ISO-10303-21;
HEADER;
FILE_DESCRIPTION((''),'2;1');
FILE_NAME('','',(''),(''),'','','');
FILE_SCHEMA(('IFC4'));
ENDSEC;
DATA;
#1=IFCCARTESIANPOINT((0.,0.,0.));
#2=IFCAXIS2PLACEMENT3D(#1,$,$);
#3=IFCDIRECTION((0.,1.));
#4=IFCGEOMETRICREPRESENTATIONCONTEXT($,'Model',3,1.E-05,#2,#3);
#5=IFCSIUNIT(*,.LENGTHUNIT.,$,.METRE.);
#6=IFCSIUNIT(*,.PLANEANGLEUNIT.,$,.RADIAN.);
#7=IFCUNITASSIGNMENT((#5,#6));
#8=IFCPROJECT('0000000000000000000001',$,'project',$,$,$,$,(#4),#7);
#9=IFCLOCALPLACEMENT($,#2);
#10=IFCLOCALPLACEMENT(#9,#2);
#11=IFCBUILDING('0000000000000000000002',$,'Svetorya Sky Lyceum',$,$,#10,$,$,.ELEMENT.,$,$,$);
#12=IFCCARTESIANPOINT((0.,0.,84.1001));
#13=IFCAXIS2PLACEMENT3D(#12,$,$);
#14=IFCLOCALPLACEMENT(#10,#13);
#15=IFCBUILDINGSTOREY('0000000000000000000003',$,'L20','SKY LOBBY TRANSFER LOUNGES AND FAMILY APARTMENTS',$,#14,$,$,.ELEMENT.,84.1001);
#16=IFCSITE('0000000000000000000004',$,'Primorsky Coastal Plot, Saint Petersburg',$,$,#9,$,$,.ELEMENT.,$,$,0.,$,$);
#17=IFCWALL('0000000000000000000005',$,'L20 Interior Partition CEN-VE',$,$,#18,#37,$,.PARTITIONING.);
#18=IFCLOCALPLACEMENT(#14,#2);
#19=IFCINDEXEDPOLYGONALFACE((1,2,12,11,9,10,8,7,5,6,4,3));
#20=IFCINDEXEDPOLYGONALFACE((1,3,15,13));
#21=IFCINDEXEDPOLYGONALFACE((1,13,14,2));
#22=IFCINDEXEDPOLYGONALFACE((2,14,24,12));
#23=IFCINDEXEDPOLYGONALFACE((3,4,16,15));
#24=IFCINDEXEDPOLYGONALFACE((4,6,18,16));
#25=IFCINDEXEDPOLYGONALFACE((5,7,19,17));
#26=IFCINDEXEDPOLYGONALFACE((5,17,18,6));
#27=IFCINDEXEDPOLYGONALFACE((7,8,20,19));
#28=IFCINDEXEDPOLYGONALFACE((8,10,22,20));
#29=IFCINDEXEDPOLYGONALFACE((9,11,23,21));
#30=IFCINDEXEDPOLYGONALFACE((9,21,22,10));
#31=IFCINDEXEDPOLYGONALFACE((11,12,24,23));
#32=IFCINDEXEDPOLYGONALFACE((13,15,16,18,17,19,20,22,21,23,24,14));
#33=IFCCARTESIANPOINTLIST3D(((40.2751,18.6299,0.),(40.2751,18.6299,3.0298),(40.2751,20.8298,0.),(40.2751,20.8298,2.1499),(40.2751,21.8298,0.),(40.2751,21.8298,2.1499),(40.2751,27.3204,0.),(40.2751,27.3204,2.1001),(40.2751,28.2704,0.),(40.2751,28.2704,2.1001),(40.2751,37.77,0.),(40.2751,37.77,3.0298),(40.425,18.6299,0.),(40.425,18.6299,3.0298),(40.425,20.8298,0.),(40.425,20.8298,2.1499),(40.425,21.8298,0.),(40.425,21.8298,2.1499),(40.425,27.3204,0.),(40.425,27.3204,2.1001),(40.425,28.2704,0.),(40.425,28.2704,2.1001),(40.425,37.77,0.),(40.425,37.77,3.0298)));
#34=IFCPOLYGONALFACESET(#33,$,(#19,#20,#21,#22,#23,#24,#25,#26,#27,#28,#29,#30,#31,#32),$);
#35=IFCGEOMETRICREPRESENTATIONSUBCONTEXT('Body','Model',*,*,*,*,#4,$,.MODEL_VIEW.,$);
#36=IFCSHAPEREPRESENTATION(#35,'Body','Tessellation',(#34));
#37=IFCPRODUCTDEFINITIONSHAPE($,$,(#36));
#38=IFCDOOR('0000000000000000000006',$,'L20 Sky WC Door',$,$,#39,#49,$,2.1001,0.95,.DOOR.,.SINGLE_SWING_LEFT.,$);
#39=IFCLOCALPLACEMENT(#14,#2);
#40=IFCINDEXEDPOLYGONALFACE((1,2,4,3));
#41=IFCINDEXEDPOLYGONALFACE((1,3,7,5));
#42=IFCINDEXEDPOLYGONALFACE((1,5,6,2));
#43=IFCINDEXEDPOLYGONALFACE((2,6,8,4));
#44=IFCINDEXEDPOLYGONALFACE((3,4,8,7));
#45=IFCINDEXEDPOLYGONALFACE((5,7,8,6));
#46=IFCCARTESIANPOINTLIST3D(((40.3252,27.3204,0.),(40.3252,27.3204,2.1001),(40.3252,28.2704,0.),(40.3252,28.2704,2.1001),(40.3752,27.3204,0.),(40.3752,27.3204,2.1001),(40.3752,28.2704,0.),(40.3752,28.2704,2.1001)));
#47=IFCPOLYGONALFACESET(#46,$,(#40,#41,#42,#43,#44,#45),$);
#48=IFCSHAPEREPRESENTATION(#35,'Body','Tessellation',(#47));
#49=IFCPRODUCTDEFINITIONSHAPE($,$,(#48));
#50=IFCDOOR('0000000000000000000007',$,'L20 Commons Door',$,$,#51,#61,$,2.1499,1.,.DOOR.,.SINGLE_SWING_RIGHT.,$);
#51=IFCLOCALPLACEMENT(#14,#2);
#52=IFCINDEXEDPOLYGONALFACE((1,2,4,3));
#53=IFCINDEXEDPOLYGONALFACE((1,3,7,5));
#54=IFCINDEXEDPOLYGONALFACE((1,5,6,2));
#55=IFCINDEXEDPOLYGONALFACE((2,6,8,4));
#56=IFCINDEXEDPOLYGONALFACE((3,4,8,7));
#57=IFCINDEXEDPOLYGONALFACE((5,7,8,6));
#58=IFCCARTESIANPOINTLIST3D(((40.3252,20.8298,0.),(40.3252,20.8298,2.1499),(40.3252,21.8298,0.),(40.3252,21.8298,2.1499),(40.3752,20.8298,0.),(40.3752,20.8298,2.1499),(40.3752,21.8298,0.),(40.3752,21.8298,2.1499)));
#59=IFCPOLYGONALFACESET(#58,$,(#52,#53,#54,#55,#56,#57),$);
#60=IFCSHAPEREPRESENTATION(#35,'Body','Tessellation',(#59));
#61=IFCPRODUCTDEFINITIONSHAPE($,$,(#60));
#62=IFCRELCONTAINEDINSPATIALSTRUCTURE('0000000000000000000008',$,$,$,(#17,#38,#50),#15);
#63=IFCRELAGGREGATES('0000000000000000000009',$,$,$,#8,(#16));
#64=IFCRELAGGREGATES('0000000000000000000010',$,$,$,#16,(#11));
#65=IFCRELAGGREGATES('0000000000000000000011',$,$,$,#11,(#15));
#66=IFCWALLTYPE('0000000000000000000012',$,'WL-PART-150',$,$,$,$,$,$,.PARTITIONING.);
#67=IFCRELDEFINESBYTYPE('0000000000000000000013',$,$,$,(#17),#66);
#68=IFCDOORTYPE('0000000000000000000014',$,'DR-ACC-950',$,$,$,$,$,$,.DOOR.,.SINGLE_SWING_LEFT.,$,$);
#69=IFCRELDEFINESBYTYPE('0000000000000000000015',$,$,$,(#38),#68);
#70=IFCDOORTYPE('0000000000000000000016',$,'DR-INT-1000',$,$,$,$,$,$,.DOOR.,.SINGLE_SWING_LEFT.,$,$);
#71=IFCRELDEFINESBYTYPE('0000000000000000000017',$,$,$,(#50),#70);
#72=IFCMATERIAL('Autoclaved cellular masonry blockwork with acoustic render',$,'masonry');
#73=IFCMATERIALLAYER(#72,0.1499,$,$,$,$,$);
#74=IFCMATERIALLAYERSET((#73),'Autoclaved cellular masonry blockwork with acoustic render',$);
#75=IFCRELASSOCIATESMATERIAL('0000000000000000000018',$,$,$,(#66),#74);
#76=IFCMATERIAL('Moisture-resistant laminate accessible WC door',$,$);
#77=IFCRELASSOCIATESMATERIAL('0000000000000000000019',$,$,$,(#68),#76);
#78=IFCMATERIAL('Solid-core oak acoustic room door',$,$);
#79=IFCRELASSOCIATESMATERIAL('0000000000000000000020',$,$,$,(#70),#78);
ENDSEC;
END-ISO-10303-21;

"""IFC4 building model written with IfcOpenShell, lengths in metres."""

from ifc_helpers import new_model, si_unit, direction, frame, frame_2d, origin, place, context, subcontext, project, spatial, rectangle, extrude, material, layer, layer_set, type_object, element, fill, save


model = new_model("IFC4")

# Units and contexts
model_context = context("Model", 3, precision=1e-05, world=origin(), true_north=direction((0.0, 1.0)))
body_context = subcontext(model_context, "Body", "Model", "MODEL_VIEW")
ifc_project = project(units=[si_unit("LENGTHUNIT", "METRE"), si_unit("PLANEANGLEUNIT", "RADIAN")], contexts=[model_context])

# Site, building, storey
site_placement = place(None, origin())
site = spatial("IfcSite", under=ifc_project, at=site_placement, Name="Primorsky Coastal Plot, Saint Petersburg", CompositionType="ELEMENT", RefElevation=0.0)
building_placement = place(site_placement, origin())
building = spatial("IfcBuilding", under=site, at=building_placement, Name="Svetorya Sky Lyceum", CompositionType="ELEMENT")
storey_placement = place(building_placement, frame((0.0, 0.0, 84.1001)))
storey = spatial("IfcBuildingStorey", under=building, at=storey_placement, Name="L20", Description="SKY LOBBY TRANSFER LOUNGES AND FAMILY APARTMENTS", CompositionType="ELEMENT", Elevation=84.1001)

# Shared definitions
ifc_material_1 = material(Name="Autoclaved cellular masonry blockwork with acoustic render", Category="masonry")
ifc_layer_1 = layer(ifc_material_1, 0.1499)
ifc_layer_set_1 = layer_set([ifc_layer_1], Name="Autoclaved cellular masonry blockwork with acoustic render")
wall_type_1 = type_object("IfcWallType", Name="WL-PART-150", PredefinedType="PARTITIONING", material=ifc_layer_set_1)

# Wall, openings, doors
wall_1_placement = place(storey_placement, frame((40.3501, 18.6299, 0.0), z_axis=(0.0, 0.0, 1.0), x_axis=(0.0, 1.0, 0.0)))
wall_1 = element("IfcWall", 1, at=wall_1_placement, inside=storey, type_object=wall_type_1, Name="L20 Interior Partition CEN-VE", PredefinedType="PARTITIONING", context=body_context, shape_type="SweptSolid", body=[
    extrude(rectangle(XDim=19.1401, YDim=0.1499, at=frame_2d((9.5701, 0.0))), origin(), (0.0, 0.0, 1.0), 3.0298),
])
opening_1_placement = place(wall_1_placement, frame((2.2, 0.0, 0.0)))
opening_1 = element("IfcOpeningElement", 2, at=opening_1_placement, cuts=wall_1, PredefinedType="OPENING", context=body_context, shape_type="SweptSolid", body=[
    extrude(rectangle(XDim=1.0, YDim=2.1499, at=frame_2d((0.5, 1.075))), frame((0.0, 0.085, 0.0), z_axis=(0.0, -1.0, 0.0), x_axis=(1.0, 0.0, 0.0)), (0.0, 0.0, 1.0), 0.1699),
])
opening_2_placement = place(wall_1_placement, frame((8.6904, 0.0, 0.0)))
opening_2 = element("IfcOpeningElement", 3, at=opening_2_placement, cuts=wall_1, PredefinedType="OPENING", context=body_context, shape_type="SweptSolid", body=[
    extrude(rectangle(XDim=0.95, YDim=2.1001, at=frame_2d((0.4751, 1.05))), frame((0.0, 0.085, 0.0), z_axis=(0.0, -1.0, 0.0), x_axis=(1.0, 0.0, 0.0)), (0.0, 0.0, 1.0), 0.1699),
])
ifc_material_2 = material(Name="Moisture-resistant laminate accessible WC door")
door_type_1 = type_object("IfcDoorType", Name="DR-ACC-950", OperationType="SINGLE_SWING_LEFT", PredefinedType="DOOR", material=ifc_material_2)
door_1_placement = place(opening_2_placement, origin())
door_1 = element("IfcDoor", 4, at=door_1_placement, inside=storey, type_object=door_type_1, Name="L20 Sky WC Door", OperationType="SINGLE_SWING_LEFT", OverallHeight=2.1001, OverallWidth=0.95, PredefinedType="DOOR", context=body_context, shape_type="SweptSolid", body=[
    extrude(rectangle(XDim=0.95, YDim=2.1001, at=frame_2d((0.4751, 1.05))), frame((0.0, 0.0249, 0.0), z_axis=(0.0, -1.0, 0.0), x_axis=(1.0, 0.0, 0.0)), (0.0, 0.0, 1.0), 0.05),
])
fill(opening_2, door_1)
ifc_material_3 = material(Name="Solid-core oak acoustic room door")
door_type_2 = type_object("IfcDoorType", Name="DR-INT-1000", OperationType="SINGLE_SWING_LEFT", PredefinedType="DOOR", material=ifc_material_3)
door_2_placement = place(opening_1_placement, origin())
door_2 = element("IfcDoor", 5, at=door_2_placement, inside=storey, type_object=door_type_2, Name="L20 Commons Door", OperationType="SINGLE_SWING_RIGHT", OverallHeight=2.1499, OverallWidth=1.0, PredefinedType="DOOR", context=body_context, shape_type="SweptSolid", body=[
    extrude(rectangle(XDim=1.0, YDim=2.1499, at=frame_2d((0.5, 1.075))), frame((0.0, 0.0249, 0.0), z_axis=(0.0, -1.0, 0.0), x_axis=(1.0, 0.0, 0.0)), (0.0, 0.0, 1.0), 0.05),
])
fill(opening_1, door_2)

save(model, "model.ifc")
